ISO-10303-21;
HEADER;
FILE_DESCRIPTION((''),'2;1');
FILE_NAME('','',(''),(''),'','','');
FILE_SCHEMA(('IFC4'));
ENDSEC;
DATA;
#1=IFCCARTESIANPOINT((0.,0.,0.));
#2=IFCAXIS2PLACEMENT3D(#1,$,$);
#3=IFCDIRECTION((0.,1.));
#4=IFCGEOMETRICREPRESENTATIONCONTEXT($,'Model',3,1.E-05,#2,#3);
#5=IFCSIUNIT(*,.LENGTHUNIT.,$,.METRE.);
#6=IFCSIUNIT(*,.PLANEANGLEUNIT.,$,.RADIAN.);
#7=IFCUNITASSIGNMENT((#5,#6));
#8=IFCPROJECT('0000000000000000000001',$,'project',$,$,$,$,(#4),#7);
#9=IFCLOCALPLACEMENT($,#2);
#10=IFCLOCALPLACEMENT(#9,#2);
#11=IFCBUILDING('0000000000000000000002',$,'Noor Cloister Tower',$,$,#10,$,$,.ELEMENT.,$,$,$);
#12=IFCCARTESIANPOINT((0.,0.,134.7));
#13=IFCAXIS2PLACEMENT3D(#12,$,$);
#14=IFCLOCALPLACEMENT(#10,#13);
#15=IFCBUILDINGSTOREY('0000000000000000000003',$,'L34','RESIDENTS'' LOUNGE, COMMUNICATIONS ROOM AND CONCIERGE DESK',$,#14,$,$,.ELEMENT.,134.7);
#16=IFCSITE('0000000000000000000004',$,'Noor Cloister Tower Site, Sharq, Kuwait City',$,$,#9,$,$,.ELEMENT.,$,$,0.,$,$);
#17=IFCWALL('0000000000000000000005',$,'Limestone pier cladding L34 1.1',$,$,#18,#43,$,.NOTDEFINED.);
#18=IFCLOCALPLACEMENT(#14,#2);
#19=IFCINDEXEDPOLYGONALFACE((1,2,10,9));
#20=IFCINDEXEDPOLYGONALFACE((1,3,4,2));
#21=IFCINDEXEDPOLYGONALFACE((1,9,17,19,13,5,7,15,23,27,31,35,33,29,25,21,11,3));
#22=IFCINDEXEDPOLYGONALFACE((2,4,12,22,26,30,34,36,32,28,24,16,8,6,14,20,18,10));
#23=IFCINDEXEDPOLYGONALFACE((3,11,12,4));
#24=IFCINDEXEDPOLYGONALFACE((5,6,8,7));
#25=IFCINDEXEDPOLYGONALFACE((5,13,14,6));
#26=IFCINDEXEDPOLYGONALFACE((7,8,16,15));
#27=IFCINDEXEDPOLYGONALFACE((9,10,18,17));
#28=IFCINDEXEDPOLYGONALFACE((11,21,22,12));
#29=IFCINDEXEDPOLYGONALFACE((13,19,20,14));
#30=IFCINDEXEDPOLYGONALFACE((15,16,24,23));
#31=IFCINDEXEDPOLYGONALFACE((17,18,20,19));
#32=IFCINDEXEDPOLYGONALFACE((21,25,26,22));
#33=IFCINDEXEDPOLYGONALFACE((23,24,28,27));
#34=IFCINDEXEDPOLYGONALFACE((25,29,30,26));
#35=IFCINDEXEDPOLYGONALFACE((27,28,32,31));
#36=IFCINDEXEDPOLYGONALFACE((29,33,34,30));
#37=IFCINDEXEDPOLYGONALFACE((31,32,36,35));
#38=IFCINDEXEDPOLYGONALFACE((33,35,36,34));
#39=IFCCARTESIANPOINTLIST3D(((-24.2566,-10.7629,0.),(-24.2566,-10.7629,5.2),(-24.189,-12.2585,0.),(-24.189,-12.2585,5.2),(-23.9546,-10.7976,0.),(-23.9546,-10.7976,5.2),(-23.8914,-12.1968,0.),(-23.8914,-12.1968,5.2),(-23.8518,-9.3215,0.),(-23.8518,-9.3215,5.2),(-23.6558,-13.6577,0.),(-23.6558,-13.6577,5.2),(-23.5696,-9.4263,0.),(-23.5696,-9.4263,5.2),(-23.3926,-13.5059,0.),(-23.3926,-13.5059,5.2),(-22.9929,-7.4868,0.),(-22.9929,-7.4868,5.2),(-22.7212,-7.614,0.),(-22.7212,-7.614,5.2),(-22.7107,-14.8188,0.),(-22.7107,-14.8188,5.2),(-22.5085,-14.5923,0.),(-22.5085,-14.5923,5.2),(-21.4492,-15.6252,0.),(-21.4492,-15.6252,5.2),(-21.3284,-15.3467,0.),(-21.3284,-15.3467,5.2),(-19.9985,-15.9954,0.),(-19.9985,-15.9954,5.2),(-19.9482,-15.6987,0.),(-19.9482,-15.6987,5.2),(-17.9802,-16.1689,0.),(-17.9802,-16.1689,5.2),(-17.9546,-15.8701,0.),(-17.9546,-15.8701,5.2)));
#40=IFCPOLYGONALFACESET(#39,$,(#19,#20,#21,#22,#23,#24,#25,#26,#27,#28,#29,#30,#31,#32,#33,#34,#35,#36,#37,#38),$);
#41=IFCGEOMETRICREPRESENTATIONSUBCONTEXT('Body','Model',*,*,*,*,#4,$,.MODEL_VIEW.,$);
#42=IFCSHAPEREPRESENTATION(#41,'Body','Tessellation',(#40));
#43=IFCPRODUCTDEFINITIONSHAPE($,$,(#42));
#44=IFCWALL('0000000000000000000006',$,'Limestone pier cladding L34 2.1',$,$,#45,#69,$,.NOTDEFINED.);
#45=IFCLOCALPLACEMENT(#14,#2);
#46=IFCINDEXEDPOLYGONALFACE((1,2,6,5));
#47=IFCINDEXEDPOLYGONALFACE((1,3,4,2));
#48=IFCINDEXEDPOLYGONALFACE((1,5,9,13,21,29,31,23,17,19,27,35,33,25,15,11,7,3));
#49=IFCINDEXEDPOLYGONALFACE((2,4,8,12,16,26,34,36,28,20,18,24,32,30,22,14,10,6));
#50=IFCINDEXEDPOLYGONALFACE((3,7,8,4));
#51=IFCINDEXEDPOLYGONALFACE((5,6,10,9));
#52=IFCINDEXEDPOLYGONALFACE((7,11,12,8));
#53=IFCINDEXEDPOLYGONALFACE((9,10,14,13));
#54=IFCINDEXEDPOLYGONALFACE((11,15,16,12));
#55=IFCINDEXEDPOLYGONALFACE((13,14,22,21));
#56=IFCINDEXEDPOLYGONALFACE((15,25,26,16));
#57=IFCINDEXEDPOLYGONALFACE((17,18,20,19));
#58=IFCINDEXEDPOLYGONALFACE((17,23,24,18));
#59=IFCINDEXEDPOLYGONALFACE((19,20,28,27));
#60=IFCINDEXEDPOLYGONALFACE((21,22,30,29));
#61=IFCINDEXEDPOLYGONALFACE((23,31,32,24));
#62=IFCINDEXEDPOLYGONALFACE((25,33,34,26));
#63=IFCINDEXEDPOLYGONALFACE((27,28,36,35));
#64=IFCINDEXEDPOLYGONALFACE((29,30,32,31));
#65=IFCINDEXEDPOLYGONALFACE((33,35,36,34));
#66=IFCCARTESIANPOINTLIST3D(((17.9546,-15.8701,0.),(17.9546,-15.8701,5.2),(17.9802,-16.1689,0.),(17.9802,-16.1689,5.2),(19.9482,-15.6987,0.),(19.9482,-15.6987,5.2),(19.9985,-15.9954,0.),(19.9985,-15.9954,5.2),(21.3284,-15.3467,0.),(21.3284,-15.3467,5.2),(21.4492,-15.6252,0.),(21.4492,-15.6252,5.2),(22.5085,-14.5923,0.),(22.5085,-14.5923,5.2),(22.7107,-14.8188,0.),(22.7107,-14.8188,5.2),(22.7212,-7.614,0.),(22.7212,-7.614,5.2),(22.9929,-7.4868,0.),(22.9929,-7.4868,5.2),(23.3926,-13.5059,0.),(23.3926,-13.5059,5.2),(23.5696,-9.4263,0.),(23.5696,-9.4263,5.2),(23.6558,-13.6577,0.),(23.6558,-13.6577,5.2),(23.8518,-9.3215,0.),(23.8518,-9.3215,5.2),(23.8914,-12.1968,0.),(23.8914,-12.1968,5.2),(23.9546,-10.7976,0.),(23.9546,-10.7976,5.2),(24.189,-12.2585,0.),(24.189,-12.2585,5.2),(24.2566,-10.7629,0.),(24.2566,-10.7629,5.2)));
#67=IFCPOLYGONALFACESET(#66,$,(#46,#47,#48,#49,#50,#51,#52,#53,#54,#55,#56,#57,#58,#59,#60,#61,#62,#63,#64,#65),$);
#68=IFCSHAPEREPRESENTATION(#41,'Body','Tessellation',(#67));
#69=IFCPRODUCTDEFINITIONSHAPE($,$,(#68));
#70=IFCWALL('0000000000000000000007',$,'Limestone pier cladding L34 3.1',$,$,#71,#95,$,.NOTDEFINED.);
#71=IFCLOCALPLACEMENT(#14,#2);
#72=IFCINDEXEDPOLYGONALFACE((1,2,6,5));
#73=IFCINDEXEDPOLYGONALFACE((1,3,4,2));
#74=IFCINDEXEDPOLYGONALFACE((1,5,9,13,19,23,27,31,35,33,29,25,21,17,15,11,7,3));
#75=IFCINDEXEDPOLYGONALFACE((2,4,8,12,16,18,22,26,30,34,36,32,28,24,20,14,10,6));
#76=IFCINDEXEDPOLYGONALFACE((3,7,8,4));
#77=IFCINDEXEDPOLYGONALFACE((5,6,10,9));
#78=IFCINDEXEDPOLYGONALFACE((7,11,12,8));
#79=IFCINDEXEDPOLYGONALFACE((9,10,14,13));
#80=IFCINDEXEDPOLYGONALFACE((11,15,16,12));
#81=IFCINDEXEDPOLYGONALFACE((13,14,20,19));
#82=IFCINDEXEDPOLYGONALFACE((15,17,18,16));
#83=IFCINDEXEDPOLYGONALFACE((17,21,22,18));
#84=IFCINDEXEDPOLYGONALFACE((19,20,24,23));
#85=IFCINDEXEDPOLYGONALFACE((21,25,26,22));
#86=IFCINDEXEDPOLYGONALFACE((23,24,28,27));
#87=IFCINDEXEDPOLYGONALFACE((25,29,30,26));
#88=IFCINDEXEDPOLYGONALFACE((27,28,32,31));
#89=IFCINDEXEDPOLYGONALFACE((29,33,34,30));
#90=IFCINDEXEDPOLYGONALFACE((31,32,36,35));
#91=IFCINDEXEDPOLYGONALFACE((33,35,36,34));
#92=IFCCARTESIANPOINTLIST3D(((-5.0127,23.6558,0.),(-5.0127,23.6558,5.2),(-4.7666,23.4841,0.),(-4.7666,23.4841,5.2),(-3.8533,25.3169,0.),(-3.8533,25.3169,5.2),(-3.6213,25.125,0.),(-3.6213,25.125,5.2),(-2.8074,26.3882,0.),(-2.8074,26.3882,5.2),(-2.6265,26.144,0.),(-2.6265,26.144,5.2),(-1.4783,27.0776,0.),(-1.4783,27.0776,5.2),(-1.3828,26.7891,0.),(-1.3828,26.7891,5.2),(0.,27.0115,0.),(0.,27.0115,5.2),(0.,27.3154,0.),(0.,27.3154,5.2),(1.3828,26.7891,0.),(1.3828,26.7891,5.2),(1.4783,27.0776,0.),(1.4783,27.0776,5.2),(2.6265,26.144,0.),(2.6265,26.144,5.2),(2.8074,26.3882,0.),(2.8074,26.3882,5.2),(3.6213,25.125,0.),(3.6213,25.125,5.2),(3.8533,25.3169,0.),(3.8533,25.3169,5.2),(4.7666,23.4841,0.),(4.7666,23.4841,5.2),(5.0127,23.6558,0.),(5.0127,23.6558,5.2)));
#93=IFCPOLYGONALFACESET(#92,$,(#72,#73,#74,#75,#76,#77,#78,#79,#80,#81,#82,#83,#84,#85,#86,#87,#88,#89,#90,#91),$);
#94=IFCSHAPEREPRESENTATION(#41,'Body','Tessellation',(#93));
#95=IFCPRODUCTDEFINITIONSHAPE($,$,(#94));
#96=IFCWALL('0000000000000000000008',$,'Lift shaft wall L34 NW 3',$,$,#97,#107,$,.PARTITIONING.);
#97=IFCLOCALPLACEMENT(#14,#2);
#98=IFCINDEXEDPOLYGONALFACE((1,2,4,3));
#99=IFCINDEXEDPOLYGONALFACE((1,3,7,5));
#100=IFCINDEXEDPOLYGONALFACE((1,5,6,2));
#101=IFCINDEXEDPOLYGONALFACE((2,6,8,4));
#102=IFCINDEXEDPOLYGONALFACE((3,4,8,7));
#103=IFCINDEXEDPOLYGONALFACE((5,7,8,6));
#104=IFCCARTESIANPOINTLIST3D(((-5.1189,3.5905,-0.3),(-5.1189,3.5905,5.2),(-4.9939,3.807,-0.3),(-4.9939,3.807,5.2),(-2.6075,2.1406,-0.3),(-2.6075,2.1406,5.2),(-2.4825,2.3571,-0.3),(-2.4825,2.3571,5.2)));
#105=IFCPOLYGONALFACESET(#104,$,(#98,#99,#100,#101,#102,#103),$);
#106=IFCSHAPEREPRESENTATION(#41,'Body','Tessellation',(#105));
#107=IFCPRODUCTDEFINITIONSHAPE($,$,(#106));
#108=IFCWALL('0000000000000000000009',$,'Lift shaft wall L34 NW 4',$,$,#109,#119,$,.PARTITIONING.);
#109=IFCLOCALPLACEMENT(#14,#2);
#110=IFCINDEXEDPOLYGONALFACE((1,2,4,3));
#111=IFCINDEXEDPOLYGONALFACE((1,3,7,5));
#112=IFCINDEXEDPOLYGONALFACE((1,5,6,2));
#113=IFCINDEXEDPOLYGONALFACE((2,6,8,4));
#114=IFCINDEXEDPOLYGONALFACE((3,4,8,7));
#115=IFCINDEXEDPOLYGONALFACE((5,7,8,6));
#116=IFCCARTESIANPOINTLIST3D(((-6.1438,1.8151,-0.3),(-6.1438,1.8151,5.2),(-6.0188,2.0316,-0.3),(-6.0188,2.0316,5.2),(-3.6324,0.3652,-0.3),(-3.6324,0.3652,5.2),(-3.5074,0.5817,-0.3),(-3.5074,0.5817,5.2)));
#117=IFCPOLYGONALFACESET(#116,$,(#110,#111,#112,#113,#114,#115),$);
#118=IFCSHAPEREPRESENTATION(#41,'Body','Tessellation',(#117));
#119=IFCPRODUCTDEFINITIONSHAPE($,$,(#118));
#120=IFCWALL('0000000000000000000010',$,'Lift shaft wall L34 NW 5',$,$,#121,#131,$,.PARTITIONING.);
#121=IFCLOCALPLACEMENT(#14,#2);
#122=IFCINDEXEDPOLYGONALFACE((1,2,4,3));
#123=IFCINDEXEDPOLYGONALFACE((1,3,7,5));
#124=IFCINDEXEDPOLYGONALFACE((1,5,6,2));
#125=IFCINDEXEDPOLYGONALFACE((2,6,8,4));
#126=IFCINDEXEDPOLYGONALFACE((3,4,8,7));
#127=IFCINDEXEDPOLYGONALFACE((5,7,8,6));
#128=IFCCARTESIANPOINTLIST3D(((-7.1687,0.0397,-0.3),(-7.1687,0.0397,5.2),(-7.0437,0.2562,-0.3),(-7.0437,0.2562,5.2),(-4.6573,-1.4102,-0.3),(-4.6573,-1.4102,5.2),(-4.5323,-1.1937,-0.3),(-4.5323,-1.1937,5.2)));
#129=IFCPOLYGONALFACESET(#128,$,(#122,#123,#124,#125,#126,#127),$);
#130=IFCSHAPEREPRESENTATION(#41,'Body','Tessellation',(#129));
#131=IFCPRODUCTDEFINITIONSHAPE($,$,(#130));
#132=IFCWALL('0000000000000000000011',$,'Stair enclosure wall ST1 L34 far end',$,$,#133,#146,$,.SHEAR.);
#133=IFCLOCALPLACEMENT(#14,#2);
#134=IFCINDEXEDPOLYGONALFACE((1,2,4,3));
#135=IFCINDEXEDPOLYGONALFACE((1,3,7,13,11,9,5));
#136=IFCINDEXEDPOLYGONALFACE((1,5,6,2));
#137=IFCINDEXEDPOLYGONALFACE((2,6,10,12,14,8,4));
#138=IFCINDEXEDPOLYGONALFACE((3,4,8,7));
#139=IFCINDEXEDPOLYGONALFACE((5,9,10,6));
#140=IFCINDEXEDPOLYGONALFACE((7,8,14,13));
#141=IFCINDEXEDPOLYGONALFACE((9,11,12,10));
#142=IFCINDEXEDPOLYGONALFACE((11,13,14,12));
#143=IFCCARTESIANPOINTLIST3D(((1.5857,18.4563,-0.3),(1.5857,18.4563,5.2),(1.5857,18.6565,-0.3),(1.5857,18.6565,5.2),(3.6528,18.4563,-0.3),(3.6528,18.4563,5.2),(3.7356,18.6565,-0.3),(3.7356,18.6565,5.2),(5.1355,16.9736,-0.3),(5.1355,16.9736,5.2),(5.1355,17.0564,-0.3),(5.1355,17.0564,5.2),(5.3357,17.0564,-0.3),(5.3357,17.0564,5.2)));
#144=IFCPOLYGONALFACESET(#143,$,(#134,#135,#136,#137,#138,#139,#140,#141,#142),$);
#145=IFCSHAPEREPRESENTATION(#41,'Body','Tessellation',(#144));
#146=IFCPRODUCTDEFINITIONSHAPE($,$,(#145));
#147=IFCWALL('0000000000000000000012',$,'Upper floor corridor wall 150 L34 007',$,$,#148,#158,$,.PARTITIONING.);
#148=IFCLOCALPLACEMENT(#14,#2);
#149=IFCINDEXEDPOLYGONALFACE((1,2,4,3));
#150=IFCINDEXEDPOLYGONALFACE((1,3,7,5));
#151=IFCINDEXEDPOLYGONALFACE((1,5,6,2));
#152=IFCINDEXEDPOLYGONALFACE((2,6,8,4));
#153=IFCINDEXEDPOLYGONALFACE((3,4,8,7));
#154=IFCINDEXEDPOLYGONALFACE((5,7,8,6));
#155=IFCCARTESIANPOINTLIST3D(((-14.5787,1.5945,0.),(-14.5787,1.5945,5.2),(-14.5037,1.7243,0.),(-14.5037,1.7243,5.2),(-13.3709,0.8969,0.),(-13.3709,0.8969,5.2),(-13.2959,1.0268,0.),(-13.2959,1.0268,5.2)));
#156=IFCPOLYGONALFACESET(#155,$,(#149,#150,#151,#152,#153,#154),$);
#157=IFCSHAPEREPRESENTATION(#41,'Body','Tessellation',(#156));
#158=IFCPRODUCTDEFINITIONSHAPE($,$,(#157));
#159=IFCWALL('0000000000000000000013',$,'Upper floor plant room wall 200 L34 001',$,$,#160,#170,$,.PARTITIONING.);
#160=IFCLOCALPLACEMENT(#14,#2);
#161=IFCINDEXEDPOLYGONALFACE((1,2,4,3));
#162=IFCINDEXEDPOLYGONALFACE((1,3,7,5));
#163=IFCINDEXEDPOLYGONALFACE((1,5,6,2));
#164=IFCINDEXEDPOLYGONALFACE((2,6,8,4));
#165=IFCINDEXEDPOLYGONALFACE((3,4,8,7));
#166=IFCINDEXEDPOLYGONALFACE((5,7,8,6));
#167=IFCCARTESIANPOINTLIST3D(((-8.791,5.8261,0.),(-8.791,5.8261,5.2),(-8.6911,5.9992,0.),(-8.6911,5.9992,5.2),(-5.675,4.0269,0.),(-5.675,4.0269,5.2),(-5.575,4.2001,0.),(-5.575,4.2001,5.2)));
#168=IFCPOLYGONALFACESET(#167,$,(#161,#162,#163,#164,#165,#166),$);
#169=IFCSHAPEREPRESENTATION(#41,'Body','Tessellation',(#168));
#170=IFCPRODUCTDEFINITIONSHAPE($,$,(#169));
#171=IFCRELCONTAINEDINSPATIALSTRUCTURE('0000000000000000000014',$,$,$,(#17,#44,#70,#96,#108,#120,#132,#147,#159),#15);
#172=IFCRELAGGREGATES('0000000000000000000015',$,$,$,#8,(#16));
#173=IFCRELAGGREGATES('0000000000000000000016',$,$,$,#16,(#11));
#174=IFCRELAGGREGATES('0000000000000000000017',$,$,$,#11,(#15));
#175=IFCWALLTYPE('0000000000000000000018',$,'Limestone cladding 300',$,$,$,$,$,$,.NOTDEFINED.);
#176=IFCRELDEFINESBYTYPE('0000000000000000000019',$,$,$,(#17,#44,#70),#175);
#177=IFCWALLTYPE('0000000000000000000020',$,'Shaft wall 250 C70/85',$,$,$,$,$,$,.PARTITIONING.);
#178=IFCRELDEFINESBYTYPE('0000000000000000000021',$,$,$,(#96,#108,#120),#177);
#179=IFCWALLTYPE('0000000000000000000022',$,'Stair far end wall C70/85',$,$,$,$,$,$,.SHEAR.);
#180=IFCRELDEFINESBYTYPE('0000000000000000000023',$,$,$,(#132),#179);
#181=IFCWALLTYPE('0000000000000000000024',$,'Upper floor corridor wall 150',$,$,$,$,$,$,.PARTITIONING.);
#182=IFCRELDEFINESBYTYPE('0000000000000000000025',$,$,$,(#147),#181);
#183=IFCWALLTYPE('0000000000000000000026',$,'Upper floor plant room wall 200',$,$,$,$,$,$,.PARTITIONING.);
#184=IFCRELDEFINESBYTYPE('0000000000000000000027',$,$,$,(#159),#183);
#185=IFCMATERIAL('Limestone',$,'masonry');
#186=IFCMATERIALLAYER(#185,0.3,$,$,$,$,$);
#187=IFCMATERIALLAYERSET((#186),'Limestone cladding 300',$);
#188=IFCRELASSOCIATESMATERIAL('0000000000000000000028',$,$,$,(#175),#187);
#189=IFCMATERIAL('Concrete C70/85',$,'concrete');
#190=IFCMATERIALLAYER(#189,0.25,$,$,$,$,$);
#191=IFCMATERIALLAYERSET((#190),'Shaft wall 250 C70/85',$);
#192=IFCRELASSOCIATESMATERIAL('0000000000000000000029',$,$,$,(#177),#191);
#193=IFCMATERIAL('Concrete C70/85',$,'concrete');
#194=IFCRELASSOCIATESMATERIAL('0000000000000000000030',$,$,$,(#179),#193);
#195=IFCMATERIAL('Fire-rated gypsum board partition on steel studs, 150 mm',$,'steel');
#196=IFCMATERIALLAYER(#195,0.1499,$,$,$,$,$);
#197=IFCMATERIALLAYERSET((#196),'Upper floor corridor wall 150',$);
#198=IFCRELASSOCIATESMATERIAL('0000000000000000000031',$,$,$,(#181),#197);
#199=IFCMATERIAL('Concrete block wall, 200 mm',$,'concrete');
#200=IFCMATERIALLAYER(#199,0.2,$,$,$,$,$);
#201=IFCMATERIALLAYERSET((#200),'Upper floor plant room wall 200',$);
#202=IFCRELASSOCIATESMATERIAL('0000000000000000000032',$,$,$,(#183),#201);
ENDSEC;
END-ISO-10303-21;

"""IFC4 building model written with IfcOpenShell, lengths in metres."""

from ifc_helpers import new_model, si_unit, direction, frame, frame_2d, origin, place, context, subcontext, project, spatial, polyline, rectangle, outline, extrude, material, layer, layer_set, type_object, element, save


model = new_model("IFC4")

# Units and contexts
model_context = context("Model", 3, precision=1e-05, world=origin(), true_north=direction((0.0, 1.0)))
body_context = subcontext(model_context, "Body", "Model", "MODEL_VIEW")
ifc_project = project(units=[si_unit("LENGTHUNIT", "METRE"), si_unit("PLANEANGLEUNIT", "RADIAN")], contexts=[model_context])

# Site, building, storey
site_placement = place(None, origin())
site = spatial("IfcSite", under=ifc_project, at=site_placement, Name="Noor Cloister Tower Site, Sharq, Kuwait City", CompositionType="ELEMENT", RefElevation=0.0)
building_placement = place(site_placement, origin())
building = spatial("IfcBuilding", under=site, at=building_placement, Name="Noor Cloister Tower", CompositionType="ELEMENT")
storey_placement = place(building_placement, frame((0.0, 0.0, 134.7)))
storey = spatial("IfcBuildingStorey", under=building, at=storey_placement, Name="L34", Description="RESIDENTS' LOUNGE, COMMUNICATIONS ROOM AND CONCIERGE DESK", CompositionType="ELEMENT", Elevation=134.7)

# Walls
ifc_material_1 = material(Name="Limestone", Category="masonry")
ifc_layer_1 = layer(ifc_material_1, 0.3)
ifc_layer_set_1 = layer_set([ifc_layer_1], Name="Limestone cladding 300")
wall_type_1 = type_object("IfcWallType", Name="Limestone cladding 300", PredefinedType="NOTDEFINED", material=ifc_layer_set_1)
wall_1_placement = place(storey_placement, origin())
element("IfcWall", 1, at=wall_1_placement, inside=storey, type_object=wall_type_1, Name="Limestone pier cladding L34 1.1", PredefinedType="NOTDEFINED", context=body_context, shape_type="SweptSolid", body=[
    extrude(outline(polyline([(-22.9929, -7.4868), (-23.8518, -9.3215), (-24.2566, -10.7629), (-24.189, -12.2585), (-23.6558, -13.6577), (-22.7107, -14.8188), (-21.4492, -15.6252), (-19.9985, -15.9954), (-17.9802, -16.1689), (-17.9546, -15.8701), (-19.9482, -15.6987), (-21.3284, -15.3467), (-22.5085, -14.5923), (-23.3926, -13.5059), (-23.8914, -12.1968), (-23.9546, -10.7976), (-23.5696, -9.4263), (-22.7212, -7.614), (-22.9929, -7.4868)])), origin(), (0.0, 0.0, 1.0), 5.2),
])
wall_2_placement = place(storey_placement, origin())
element("IfcWall", 2, at=wall_2_placement, inside=storey, type_object=wall_type_1, Name="Limestone pier cladding L34 2.1", PredefinedType="NOTDEFINED", context=body_context, shape_type="SweptSolid", body=[
    extrude(outline(polyline([(17.9802, -16.1689), (19.9985, -15.9954), (21.4492, -15.6252), (22.7107, -14.8188), (23.6558, -13.6577), (24.189, -12.2585), (24.2566, -10.7629), (23.8518, -9.3215), (22.9929, -7.4868), (22.7212, -7.614), (23.5696, -9.4263), (23.9546, -10.7976), (23.8914, -12.1968), (23.3926, -13.5059), (22.5085, -14.5923), (21.3284, -15.3467), (19.9482, -15.6987), (17.9546, -15.8701), (17.9802, -16.1689)])), origin(), (0.0, 0.0, 1.0), 5.2),
])
wall_3_placement = place(storey_placement, origin())
element("IfcWall", 3, at=wall_3_placement, inside=storey, type_object=wall_type_1, Name="Limestone pier cladding L34 3.1", PredefinedType="NOTDEFINED", context=body_context, shape_type="SweptSolid", body=[
    extrude(outline(polyline([(5.0127, 23.6558), (3.8533, 25.3169), (2.8074, 26.3882), (1.4783, 27.0776), (0.0, 27.3154), (-1.4783, 27.0776), (-2.8074, 26.3882), (-3.8533, 25.3169), (-5.0127, 23.6558), (-4.7666, 23.4841), (-3.6213, 25.125), (-2.6265, 26.144), (-1.3828, 26.7891), (0.0, 27.0115), (1.3828, 26.7891), (2.6265, 26.144), (3.6213, 25.125), (4.7666, 23.4841), (5.0127, 23.6558)])), origin(), (0.0, 0.0, 1.0), 5.2),
])
ifc_material_2 = material(Name="Concrete C70/85", Category="concrete")
ifc_layer_2 = layer(ifc_material_2, 0.25)
ifc_layer_set_2 = layer_set([ifc_layer_2], Name="Shaft wall 250 C70/85")
wall_type_2 = type_object("IfcWallType", Name="Shaft wall 250 C70/85", PredefinedType="PARTITIONING", material=ifc_layer_set_2)
for number, where, z_axis, x_axis, name in (
    (4, (-5.0564, 3.6987, -0.3), (0.0, 0.0, 1.0), (0.866033, -0.499987, 0.0), "Lift shaft wall L34 NW 3"),
    (5, (-6.0813, 1.9233, -0.3), (0.0, 0.0, 1.0), (0.866033, -0.499987, 0.0), "Lift shaft wall L34 NW 4"),
    (6, (-7.1062, 0.1479, -0.3), (0.0, 0.0, 1.0), (0.866033, -0.499987, 0.0), "Lift shaft wall L34 NW 5"),
):
    element("IfcWall", number, at=place(storey_placement, frame(where, z_axis=z_axis, x_axis=x_axis)), inside=storey, type_object=wall_type_2, Name=name, PredefinedType="PARTITIONING", context=body_context, shape_type="SweptSolid", body=[
        extrude(rectangle(XDim=2.8999, YDim=0.25, at=frame_2d((1.45, 0.0))), origin(), (0.0, 0.0, 1.0), 5.5),
    ])
ifc_material_3 = material(Name="Concrete C70/85", Category="concrete")
wall_type_3 = type_object("IfcWallType", Name="Stair far end wall C70/85", PredefinedType="SHEAR", material=ifc_material_3)
wall_4_placement = place(storey_placement, frame((0.0, 0.0, -0.3)))
element("IfcWall", 7, at=wall_4_placement, inside=storey, type_object=wall_type_3, Name="Stair enclosure wall ST1 L34 far end", PredefinedType="SHEAR", context=body_context, shape_type="SweptSolid", body=[
    extrude(outline(polyline([(5.3357, 17.0564), (3.7356, 18.6565), (1.5857, 18.6565), (1.5857, 18.4563), (3.6528, 18.4563), (5.1355, 16.9736), (5.1355, 17.0564), (5.1355, 17.0564), (5.1355, 17.0564), (5.1355, 17.0564), (5.1355, 17.0564), (5.1355, 17.0564), (5.1355, 17.0564), (5.1355, 17.0564), (5.1355, 17.0564), (5.1355, 17.0564), (5.1355, 17.0564), (5.1355, 17.0564), (5.1355, 17.0564), (5.1355, 17.0564), (5.1355, 17.0564), (5.1355, 17.0564), (5.1355, 17.0564), (5.3357, 17.0564)])), origin(), (0.0, 0.0, 1.0), 5.5),
])
ifc_material_4 = material(Name="Fire-rated gypsum board partition on steel studs, 150 mm", Category="steel")
ifc_layer_3 = layer(ifc_material_4, 0.1499)
ifc_layer_set_3 = layer_set([ifc_layer_3], Name="Upper floor corridor wall 150")
wall_type_4 = type_object("IfcWallType", Name="Upper floor corridor wall 150", PredefinedType="PARTITIONING", material=ifc_layer_set_3)
wall_5_placement = place(storey_placement, frame((-13.3335, 0.9619, 0.0), z_axis=(0.0, 0.0, 1.0), x_axis=(-0.865961, 0.500111, 0.0)))
element("IfcWall", 8, at=wall_5_placement, inside=storey, type_object=wall_type_4, Name="Upper floor corridor wall 150 L34 007", PredefinedType="PARTITIONING", context=body_context, shape_type="SweptSolid", body=[
    extrude(rectangle(XDim=1.3948, YDim=0.1499, at=frame_2d((0.6973, 0.0))), origin(), (0.0, 0.0, 1.0), 5.2),
])
ifc_material_5 = material(Name="Concrete block wall, 200 mm", Category="concrete")
ifc_layer_4 = layer(ifc_material_5, 0.2)
ifc_layer_set_4 = layer_set([ifc_layer_4], Name="Upper floor plant room wall 200")
wall_type_5 = type_object("IfcWallType", Name="Upper floor plant room wall 200", PredefinedType="PARTITIONING", material=ifc_layer_set_4)
wall_6_placement = place(storey_placement, frame((-5.625, 4.1135, 0.0), z_axis=(0.0, 0.0, 1.0), x_axis=(-0.866017, 0.500014, 0.0)))
element("IfcWall", 9, at=wall_6_placement, inside=storey, type_object=wall_type_5, Name="Upper floor plant room wall 200 L34 001", PredefinedType="PARTITIONING", context=body_context, shape_type="SweptSolid", body=[
    extrude(rectangle(XDim=3.5981, YDim=0.2, at=frame_2d((1.7991, 0.0))), origin(), (0.0, 0.0, 1.0), 5.2),
])

save(model, "model.ifc")
